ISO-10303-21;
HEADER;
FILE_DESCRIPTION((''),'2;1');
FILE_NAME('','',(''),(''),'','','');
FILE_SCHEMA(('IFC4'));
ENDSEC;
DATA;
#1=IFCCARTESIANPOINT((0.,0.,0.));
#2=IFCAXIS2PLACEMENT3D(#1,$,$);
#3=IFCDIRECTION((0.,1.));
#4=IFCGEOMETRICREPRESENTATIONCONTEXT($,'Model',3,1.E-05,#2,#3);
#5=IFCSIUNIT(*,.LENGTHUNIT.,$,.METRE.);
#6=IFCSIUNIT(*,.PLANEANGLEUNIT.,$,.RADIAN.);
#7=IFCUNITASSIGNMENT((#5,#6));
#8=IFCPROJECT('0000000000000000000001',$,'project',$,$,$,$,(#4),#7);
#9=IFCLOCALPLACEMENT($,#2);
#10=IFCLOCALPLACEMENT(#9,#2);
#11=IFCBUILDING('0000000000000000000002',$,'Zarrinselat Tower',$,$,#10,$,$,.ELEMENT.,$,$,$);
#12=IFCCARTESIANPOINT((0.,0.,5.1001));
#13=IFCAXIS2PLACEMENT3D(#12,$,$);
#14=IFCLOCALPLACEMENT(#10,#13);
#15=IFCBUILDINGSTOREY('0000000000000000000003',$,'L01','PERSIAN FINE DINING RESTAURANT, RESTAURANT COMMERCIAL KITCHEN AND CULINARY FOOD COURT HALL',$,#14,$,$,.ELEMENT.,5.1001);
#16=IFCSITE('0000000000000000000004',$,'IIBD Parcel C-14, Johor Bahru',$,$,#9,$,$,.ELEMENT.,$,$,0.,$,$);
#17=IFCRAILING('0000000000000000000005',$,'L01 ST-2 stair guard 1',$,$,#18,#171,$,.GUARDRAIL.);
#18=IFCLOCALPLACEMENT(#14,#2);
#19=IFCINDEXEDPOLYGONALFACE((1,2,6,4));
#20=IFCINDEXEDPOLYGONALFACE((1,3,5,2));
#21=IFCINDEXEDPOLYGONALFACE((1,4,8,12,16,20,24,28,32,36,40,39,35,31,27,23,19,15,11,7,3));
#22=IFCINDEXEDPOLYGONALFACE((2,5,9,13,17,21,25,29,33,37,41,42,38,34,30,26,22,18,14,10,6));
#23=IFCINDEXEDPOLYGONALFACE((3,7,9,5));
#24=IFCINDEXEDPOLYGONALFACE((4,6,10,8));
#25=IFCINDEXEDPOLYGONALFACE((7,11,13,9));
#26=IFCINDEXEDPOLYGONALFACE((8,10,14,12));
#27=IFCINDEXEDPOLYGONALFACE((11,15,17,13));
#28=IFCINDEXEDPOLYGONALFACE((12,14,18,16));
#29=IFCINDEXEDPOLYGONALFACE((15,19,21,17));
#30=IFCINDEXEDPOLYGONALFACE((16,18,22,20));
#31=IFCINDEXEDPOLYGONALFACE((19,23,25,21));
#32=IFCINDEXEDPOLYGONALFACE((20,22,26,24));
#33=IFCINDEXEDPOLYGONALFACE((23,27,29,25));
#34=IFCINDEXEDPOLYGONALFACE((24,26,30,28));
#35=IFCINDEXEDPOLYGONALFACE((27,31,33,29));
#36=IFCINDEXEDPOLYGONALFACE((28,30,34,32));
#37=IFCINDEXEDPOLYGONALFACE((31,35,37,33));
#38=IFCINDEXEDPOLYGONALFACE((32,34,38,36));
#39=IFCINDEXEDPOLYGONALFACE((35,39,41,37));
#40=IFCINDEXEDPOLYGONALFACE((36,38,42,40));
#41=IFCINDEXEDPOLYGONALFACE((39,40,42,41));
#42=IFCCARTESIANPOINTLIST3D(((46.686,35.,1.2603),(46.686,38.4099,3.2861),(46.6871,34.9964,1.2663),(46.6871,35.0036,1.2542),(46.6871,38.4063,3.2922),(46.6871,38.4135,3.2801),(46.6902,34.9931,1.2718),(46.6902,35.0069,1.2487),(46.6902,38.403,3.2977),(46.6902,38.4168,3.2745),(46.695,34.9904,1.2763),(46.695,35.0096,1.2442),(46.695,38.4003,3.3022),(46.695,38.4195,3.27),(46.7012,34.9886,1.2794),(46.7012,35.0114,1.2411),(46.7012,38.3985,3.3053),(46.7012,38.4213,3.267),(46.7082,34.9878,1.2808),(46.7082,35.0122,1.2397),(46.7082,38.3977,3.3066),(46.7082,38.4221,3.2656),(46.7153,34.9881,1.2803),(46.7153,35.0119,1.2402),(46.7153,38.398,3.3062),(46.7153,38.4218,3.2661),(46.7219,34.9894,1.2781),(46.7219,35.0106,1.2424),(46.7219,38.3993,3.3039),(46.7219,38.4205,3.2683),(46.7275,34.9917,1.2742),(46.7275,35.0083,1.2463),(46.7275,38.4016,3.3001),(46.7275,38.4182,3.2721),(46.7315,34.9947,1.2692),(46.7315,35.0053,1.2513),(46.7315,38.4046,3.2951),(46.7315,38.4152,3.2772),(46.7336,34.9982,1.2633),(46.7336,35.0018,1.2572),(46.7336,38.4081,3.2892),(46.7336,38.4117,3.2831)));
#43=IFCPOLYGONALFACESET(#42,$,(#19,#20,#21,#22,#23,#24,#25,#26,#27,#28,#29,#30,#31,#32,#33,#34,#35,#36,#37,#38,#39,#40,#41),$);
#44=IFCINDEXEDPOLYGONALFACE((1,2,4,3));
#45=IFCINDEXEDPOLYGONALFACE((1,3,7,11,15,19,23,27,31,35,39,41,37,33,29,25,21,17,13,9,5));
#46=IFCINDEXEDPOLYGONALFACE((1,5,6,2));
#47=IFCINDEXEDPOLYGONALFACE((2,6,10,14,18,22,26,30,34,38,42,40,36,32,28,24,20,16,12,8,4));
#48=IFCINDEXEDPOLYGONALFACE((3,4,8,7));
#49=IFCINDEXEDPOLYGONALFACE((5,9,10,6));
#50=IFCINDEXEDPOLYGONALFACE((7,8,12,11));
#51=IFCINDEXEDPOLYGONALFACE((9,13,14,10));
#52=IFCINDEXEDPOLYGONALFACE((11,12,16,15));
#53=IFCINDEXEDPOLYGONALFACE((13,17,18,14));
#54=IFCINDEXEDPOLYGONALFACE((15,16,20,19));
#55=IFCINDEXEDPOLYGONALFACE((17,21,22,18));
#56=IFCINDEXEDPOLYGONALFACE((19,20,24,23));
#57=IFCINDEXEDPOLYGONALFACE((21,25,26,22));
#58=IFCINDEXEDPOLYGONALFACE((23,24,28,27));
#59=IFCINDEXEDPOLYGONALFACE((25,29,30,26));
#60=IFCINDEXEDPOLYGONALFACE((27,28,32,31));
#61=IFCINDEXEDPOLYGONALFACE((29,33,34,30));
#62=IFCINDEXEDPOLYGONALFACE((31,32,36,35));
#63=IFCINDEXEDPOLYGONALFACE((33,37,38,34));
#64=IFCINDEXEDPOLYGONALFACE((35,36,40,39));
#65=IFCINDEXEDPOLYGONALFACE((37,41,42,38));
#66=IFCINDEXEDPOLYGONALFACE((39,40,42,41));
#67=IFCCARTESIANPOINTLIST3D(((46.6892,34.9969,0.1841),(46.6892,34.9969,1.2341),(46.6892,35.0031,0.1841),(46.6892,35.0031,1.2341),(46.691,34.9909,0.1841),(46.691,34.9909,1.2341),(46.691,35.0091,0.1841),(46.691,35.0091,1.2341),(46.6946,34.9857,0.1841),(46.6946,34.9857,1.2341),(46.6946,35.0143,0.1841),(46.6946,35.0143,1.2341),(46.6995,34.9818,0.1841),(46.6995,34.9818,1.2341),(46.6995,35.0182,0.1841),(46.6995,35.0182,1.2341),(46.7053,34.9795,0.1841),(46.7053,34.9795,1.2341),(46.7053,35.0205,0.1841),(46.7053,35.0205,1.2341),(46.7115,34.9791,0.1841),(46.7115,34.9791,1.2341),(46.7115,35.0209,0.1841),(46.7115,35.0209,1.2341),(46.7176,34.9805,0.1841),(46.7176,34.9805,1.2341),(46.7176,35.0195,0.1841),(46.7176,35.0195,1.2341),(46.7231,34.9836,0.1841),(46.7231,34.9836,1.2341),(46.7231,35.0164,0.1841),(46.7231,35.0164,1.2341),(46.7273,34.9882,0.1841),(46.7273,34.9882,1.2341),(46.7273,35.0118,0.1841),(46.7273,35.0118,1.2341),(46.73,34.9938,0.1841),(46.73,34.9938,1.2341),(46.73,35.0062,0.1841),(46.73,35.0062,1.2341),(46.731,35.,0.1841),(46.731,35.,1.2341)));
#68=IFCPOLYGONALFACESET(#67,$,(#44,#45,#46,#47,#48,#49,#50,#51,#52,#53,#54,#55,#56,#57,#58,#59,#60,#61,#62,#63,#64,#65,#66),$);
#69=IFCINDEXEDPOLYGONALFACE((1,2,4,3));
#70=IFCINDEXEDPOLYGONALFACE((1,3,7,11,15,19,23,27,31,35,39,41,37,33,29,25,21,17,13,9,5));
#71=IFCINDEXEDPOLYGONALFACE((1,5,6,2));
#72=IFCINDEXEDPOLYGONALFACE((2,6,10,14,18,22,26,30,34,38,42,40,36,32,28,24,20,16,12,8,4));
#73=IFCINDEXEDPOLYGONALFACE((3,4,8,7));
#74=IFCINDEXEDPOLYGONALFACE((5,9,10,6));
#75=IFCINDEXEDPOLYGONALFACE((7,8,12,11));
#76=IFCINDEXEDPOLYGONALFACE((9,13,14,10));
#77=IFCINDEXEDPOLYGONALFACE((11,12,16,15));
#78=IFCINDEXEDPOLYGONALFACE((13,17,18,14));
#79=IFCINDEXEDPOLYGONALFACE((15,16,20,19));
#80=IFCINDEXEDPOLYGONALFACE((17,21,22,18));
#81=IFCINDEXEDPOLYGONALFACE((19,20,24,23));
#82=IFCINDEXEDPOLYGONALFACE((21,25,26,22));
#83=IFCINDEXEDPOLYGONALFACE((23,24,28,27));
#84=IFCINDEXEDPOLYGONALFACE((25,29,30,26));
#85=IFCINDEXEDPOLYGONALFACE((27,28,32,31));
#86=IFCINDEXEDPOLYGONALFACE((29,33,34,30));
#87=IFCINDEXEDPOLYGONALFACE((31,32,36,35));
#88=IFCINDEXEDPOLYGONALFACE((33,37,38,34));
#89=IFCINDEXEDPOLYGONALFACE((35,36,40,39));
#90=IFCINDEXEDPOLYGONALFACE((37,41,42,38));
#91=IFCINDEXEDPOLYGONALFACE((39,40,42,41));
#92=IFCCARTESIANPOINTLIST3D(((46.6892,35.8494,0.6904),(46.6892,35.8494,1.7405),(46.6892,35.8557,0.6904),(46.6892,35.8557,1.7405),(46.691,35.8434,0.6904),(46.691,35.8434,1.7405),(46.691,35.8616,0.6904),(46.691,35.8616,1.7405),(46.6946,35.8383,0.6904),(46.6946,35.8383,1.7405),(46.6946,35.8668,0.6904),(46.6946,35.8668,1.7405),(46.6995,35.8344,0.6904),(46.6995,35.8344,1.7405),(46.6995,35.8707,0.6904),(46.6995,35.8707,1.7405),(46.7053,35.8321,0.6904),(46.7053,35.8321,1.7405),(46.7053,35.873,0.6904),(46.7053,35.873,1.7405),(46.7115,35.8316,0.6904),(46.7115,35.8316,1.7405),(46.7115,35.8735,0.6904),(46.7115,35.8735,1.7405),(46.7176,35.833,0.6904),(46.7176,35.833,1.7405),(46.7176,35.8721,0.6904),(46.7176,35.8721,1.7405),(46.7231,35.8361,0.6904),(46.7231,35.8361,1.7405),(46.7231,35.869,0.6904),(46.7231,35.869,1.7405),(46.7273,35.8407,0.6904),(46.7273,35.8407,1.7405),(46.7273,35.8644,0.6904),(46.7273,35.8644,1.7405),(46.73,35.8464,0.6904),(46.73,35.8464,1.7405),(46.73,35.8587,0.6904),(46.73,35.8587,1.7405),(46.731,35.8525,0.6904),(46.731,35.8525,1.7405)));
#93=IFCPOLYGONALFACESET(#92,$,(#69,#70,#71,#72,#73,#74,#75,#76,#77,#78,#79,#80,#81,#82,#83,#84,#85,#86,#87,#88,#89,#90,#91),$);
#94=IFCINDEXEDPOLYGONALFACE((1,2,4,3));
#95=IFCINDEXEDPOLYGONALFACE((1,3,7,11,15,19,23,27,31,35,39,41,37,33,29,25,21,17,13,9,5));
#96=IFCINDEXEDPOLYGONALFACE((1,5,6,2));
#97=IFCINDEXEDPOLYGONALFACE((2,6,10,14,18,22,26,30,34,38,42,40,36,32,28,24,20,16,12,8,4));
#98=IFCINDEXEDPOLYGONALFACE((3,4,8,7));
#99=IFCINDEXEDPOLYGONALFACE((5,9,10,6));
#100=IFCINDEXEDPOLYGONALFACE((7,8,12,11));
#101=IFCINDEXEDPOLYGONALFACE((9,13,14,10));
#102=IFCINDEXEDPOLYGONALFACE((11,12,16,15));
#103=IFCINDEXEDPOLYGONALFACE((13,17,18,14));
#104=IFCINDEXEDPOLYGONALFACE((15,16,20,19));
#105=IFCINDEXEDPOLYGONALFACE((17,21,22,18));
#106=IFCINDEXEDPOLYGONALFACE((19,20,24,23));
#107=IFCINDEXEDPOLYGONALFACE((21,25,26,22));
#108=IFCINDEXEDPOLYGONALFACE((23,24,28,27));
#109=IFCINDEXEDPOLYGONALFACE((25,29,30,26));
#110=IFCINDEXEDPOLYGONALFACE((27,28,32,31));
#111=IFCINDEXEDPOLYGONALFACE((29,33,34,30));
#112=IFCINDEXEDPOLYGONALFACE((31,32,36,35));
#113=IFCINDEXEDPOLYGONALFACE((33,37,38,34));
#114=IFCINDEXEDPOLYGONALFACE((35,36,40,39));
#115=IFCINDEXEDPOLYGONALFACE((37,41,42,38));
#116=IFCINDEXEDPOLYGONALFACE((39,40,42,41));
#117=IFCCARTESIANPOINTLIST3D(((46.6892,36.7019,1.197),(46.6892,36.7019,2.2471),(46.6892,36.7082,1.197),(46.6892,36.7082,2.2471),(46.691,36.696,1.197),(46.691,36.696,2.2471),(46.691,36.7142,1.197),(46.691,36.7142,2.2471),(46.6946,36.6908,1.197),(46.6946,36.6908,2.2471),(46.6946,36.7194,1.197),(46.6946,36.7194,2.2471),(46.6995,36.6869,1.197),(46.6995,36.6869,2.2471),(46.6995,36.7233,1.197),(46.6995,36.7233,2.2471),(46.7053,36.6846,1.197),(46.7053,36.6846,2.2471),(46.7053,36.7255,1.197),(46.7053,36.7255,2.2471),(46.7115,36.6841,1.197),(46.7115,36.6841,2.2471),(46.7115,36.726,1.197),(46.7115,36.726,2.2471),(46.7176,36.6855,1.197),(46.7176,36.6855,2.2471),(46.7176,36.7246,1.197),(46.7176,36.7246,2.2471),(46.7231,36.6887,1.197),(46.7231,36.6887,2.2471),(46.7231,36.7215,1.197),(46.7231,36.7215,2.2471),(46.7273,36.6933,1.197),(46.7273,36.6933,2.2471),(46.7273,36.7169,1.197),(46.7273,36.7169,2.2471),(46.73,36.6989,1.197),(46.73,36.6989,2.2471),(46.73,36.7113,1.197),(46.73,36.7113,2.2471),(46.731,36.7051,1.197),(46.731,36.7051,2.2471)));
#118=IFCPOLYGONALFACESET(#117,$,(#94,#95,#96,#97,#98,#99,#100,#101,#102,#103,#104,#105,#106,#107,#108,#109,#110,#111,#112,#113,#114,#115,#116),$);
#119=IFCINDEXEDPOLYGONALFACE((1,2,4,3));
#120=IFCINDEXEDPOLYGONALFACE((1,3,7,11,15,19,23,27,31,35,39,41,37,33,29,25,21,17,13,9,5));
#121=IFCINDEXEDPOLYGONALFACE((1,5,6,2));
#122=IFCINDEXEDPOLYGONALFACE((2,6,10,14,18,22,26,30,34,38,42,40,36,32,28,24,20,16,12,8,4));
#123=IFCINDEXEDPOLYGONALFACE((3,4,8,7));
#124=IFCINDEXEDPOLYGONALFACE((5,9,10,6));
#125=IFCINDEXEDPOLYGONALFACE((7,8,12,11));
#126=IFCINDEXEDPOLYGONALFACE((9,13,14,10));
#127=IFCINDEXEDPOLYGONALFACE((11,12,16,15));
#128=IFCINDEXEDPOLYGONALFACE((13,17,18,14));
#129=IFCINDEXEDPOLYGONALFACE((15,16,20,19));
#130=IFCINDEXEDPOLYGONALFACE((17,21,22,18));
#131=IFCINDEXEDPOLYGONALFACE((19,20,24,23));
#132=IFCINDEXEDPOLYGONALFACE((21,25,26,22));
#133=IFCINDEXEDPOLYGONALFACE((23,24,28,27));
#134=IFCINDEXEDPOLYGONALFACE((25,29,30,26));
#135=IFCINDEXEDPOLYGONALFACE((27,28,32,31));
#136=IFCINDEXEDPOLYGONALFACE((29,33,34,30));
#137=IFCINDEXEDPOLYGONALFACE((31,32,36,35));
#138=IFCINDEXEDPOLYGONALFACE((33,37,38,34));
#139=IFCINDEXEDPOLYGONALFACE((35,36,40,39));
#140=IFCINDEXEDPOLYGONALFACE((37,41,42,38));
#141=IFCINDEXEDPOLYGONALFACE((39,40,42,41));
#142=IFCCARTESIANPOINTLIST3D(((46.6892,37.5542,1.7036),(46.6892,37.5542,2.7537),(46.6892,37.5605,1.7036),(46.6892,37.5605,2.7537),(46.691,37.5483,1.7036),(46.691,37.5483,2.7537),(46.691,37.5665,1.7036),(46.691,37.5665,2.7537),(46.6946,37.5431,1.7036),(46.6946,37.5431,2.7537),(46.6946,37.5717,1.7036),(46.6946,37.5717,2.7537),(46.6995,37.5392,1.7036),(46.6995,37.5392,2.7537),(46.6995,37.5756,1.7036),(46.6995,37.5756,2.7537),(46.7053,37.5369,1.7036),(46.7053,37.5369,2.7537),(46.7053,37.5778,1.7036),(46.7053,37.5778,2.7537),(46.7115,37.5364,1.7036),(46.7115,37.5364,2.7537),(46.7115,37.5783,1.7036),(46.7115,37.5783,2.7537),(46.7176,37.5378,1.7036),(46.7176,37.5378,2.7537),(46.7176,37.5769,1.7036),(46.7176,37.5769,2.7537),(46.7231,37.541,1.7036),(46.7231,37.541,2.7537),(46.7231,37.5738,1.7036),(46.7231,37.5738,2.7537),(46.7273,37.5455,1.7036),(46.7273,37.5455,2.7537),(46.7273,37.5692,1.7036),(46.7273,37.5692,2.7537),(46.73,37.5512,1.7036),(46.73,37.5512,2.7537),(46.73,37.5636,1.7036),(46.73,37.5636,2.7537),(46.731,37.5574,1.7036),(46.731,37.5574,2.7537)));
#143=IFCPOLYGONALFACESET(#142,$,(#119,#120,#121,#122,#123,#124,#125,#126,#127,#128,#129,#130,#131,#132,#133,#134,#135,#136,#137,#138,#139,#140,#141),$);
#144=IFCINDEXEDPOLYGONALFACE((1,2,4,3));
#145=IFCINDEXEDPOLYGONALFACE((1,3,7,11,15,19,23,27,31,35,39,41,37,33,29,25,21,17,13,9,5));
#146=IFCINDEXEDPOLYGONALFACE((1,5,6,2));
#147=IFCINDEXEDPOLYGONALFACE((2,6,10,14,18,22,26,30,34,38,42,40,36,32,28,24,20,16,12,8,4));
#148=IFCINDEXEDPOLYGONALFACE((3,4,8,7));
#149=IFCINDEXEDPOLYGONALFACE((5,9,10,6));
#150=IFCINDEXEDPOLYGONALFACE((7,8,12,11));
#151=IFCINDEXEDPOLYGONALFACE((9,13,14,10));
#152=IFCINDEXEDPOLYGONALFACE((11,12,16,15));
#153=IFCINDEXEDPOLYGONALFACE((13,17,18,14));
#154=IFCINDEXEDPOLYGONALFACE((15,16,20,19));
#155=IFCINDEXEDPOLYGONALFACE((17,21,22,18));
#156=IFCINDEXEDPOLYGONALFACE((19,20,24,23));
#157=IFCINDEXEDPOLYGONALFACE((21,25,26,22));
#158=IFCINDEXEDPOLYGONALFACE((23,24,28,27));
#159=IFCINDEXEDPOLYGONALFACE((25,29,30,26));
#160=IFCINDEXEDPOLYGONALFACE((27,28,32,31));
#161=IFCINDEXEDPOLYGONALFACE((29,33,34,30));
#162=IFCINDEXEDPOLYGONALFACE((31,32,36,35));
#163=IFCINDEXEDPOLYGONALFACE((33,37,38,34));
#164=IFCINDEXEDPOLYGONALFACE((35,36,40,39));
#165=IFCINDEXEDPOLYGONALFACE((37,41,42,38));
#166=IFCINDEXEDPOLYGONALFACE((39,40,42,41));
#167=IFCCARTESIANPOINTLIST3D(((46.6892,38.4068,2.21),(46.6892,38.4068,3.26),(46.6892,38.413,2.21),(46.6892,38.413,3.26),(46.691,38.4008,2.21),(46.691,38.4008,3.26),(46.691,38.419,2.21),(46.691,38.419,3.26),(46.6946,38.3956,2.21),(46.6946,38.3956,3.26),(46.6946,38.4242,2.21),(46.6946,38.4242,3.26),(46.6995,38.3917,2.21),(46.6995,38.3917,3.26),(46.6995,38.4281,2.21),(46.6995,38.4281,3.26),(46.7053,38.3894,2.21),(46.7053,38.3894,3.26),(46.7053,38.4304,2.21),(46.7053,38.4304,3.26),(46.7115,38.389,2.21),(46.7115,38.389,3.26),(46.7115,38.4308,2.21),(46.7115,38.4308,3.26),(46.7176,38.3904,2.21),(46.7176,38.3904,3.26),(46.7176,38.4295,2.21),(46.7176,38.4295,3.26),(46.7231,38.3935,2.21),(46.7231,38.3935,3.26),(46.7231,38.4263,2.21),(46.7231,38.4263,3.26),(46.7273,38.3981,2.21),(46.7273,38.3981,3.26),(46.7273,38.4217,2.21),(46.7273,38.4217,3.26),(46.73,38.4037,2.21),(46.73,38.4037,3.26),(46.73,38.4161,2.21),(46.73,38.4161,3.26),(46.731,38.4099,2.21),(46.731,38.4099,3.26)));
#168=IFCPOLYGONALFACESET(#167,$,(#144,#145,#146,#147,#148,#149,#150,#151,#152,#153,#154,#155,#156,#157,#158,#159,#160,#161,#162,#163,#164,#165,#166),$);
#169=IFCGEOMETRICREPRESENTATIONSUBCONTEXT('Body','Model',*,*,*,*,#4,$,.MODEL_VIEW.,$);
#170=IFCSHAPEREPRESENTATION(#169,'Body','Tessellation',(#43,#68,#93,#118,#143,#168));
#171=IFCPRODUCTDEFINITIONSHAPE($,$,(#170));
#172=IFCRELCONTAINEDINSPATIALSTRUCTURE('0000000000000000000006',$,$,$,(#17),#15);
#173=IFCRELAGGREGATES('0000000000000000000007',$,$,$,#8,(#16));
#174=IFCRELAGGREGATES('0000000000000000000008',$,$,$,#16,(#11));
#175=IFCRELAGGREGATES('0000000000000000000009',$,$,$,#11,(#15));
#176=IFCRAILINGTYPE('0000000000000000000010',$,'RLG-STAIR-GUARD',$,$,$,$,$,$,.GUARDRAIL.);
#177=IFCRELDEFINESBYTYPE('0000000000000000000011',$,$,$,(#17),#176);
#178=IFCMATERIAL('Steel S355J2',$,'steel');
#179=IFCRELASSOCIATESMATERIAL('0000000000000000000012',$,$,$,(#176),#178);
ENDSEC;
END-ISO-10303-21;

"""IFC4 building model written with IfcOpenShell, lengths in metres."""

from ifc_helpers import new_model, si_unit, direction, frame, origin, origin_2d, place, context, subcontext, project, spatial, circle, extrude, material, type_object, element, save


model = new_model("IFC4")

# Units and contexts
model_context = context("Model", 3, precision=1e-05, world=origin(), true_north=direction((0.0, 1.0)))
body_context = subcontext(model_context, "Body", "Model", "MODEL_VIEW")
ifc_project = project(units=[si_unit("LENGTHUNIT", "METRE"), si_unit("PLANEANGLEUNIT", "RADIAN")], contexts=[model_context])

# Site, building, storey
site_placement = place(None, origin())
site = spatial("IfcSite", under=ifc_project, at=site_placement, Name="IIBD Parcel C-14, Johor Bahru", CompositionType="ELEMENT", RefElevation=0.0)
building_placement = place(site_placement, origin())
building = spatial("IfcBuilding", under=site, at=building_placement, Name="Zarrinselat Tower", CompositionType="ELEMENT")
storey_placement = place(building_placement, frame((0.0, 0.0, 5.1001)))
storey = spatial("IfcBuildingStorey", under=building, at=storey_placement, Name="L01", Description="PERSIAN FINE DINING RESTAURANT, RESTAURANT COMMERCIAL KITCHEN AND CULINARY FOOD COURT HALL", CompositionType="ELEMENT", Elevation=5.1001)

# Railing
ifc_material_1 = material(Name="Steel S355J2", Category="steel")
railing_type_1 = type_object("IfcRailingType", Name="RLG-STAIR-GUARD", PredefinedType="GUARDRAIL", material=ifc_material_1)
railing_1_placement = place(storey_placement, frame((46.71, 35.0, 0.1841)))
element("IfcRailing", 1, at=railing_1_placement, inside=storey, type_object=railing_type_1, Name="L01 ST-2 stair guard 1", PredefinedType="GUARDRAIL", context=body_context, shape_type="SweptSolid", body=[
    extrude(circle(Radius=0.0239, at=origin_2d()), frame((0.0, 0.0, 1.0762), z_axis=(0.0, 0.859717, 0.510771), x_axis=(-1.0, 0.0, 0.0)), (0.0, 0.0, 1.0), 3.9663),
    extrude(circle(Radius=0.021, at=origin_2d()), origin(), (0.0, 0.0, 1.0), 1.05),
    extrude(circle(Radius=0.021, at=origin_2d()), frame((0.0, 0.8525, 0.5063)), (0.0, 0.0, 1.0), 1.05),
    extrude(circle(Radius=0.021, at=origin_2d()), frame((0.0, 1.7051, 1.0129)), (0.0, 0.0, 1.0), 1.05),
    extrude(circle(Radius=0.021, at=origin_2d()), frame((0.0, 2.5574, 1.5195)), (0.0, 0.0, 1.0), 1.05),
    extrude(circle(Radius=0.021, at=origin_2d()), frame((0.0, 3.4099, 2.0259)), (0.0, 0.0, 1.0), 1.05),
])

save(model, "model.ifc")
